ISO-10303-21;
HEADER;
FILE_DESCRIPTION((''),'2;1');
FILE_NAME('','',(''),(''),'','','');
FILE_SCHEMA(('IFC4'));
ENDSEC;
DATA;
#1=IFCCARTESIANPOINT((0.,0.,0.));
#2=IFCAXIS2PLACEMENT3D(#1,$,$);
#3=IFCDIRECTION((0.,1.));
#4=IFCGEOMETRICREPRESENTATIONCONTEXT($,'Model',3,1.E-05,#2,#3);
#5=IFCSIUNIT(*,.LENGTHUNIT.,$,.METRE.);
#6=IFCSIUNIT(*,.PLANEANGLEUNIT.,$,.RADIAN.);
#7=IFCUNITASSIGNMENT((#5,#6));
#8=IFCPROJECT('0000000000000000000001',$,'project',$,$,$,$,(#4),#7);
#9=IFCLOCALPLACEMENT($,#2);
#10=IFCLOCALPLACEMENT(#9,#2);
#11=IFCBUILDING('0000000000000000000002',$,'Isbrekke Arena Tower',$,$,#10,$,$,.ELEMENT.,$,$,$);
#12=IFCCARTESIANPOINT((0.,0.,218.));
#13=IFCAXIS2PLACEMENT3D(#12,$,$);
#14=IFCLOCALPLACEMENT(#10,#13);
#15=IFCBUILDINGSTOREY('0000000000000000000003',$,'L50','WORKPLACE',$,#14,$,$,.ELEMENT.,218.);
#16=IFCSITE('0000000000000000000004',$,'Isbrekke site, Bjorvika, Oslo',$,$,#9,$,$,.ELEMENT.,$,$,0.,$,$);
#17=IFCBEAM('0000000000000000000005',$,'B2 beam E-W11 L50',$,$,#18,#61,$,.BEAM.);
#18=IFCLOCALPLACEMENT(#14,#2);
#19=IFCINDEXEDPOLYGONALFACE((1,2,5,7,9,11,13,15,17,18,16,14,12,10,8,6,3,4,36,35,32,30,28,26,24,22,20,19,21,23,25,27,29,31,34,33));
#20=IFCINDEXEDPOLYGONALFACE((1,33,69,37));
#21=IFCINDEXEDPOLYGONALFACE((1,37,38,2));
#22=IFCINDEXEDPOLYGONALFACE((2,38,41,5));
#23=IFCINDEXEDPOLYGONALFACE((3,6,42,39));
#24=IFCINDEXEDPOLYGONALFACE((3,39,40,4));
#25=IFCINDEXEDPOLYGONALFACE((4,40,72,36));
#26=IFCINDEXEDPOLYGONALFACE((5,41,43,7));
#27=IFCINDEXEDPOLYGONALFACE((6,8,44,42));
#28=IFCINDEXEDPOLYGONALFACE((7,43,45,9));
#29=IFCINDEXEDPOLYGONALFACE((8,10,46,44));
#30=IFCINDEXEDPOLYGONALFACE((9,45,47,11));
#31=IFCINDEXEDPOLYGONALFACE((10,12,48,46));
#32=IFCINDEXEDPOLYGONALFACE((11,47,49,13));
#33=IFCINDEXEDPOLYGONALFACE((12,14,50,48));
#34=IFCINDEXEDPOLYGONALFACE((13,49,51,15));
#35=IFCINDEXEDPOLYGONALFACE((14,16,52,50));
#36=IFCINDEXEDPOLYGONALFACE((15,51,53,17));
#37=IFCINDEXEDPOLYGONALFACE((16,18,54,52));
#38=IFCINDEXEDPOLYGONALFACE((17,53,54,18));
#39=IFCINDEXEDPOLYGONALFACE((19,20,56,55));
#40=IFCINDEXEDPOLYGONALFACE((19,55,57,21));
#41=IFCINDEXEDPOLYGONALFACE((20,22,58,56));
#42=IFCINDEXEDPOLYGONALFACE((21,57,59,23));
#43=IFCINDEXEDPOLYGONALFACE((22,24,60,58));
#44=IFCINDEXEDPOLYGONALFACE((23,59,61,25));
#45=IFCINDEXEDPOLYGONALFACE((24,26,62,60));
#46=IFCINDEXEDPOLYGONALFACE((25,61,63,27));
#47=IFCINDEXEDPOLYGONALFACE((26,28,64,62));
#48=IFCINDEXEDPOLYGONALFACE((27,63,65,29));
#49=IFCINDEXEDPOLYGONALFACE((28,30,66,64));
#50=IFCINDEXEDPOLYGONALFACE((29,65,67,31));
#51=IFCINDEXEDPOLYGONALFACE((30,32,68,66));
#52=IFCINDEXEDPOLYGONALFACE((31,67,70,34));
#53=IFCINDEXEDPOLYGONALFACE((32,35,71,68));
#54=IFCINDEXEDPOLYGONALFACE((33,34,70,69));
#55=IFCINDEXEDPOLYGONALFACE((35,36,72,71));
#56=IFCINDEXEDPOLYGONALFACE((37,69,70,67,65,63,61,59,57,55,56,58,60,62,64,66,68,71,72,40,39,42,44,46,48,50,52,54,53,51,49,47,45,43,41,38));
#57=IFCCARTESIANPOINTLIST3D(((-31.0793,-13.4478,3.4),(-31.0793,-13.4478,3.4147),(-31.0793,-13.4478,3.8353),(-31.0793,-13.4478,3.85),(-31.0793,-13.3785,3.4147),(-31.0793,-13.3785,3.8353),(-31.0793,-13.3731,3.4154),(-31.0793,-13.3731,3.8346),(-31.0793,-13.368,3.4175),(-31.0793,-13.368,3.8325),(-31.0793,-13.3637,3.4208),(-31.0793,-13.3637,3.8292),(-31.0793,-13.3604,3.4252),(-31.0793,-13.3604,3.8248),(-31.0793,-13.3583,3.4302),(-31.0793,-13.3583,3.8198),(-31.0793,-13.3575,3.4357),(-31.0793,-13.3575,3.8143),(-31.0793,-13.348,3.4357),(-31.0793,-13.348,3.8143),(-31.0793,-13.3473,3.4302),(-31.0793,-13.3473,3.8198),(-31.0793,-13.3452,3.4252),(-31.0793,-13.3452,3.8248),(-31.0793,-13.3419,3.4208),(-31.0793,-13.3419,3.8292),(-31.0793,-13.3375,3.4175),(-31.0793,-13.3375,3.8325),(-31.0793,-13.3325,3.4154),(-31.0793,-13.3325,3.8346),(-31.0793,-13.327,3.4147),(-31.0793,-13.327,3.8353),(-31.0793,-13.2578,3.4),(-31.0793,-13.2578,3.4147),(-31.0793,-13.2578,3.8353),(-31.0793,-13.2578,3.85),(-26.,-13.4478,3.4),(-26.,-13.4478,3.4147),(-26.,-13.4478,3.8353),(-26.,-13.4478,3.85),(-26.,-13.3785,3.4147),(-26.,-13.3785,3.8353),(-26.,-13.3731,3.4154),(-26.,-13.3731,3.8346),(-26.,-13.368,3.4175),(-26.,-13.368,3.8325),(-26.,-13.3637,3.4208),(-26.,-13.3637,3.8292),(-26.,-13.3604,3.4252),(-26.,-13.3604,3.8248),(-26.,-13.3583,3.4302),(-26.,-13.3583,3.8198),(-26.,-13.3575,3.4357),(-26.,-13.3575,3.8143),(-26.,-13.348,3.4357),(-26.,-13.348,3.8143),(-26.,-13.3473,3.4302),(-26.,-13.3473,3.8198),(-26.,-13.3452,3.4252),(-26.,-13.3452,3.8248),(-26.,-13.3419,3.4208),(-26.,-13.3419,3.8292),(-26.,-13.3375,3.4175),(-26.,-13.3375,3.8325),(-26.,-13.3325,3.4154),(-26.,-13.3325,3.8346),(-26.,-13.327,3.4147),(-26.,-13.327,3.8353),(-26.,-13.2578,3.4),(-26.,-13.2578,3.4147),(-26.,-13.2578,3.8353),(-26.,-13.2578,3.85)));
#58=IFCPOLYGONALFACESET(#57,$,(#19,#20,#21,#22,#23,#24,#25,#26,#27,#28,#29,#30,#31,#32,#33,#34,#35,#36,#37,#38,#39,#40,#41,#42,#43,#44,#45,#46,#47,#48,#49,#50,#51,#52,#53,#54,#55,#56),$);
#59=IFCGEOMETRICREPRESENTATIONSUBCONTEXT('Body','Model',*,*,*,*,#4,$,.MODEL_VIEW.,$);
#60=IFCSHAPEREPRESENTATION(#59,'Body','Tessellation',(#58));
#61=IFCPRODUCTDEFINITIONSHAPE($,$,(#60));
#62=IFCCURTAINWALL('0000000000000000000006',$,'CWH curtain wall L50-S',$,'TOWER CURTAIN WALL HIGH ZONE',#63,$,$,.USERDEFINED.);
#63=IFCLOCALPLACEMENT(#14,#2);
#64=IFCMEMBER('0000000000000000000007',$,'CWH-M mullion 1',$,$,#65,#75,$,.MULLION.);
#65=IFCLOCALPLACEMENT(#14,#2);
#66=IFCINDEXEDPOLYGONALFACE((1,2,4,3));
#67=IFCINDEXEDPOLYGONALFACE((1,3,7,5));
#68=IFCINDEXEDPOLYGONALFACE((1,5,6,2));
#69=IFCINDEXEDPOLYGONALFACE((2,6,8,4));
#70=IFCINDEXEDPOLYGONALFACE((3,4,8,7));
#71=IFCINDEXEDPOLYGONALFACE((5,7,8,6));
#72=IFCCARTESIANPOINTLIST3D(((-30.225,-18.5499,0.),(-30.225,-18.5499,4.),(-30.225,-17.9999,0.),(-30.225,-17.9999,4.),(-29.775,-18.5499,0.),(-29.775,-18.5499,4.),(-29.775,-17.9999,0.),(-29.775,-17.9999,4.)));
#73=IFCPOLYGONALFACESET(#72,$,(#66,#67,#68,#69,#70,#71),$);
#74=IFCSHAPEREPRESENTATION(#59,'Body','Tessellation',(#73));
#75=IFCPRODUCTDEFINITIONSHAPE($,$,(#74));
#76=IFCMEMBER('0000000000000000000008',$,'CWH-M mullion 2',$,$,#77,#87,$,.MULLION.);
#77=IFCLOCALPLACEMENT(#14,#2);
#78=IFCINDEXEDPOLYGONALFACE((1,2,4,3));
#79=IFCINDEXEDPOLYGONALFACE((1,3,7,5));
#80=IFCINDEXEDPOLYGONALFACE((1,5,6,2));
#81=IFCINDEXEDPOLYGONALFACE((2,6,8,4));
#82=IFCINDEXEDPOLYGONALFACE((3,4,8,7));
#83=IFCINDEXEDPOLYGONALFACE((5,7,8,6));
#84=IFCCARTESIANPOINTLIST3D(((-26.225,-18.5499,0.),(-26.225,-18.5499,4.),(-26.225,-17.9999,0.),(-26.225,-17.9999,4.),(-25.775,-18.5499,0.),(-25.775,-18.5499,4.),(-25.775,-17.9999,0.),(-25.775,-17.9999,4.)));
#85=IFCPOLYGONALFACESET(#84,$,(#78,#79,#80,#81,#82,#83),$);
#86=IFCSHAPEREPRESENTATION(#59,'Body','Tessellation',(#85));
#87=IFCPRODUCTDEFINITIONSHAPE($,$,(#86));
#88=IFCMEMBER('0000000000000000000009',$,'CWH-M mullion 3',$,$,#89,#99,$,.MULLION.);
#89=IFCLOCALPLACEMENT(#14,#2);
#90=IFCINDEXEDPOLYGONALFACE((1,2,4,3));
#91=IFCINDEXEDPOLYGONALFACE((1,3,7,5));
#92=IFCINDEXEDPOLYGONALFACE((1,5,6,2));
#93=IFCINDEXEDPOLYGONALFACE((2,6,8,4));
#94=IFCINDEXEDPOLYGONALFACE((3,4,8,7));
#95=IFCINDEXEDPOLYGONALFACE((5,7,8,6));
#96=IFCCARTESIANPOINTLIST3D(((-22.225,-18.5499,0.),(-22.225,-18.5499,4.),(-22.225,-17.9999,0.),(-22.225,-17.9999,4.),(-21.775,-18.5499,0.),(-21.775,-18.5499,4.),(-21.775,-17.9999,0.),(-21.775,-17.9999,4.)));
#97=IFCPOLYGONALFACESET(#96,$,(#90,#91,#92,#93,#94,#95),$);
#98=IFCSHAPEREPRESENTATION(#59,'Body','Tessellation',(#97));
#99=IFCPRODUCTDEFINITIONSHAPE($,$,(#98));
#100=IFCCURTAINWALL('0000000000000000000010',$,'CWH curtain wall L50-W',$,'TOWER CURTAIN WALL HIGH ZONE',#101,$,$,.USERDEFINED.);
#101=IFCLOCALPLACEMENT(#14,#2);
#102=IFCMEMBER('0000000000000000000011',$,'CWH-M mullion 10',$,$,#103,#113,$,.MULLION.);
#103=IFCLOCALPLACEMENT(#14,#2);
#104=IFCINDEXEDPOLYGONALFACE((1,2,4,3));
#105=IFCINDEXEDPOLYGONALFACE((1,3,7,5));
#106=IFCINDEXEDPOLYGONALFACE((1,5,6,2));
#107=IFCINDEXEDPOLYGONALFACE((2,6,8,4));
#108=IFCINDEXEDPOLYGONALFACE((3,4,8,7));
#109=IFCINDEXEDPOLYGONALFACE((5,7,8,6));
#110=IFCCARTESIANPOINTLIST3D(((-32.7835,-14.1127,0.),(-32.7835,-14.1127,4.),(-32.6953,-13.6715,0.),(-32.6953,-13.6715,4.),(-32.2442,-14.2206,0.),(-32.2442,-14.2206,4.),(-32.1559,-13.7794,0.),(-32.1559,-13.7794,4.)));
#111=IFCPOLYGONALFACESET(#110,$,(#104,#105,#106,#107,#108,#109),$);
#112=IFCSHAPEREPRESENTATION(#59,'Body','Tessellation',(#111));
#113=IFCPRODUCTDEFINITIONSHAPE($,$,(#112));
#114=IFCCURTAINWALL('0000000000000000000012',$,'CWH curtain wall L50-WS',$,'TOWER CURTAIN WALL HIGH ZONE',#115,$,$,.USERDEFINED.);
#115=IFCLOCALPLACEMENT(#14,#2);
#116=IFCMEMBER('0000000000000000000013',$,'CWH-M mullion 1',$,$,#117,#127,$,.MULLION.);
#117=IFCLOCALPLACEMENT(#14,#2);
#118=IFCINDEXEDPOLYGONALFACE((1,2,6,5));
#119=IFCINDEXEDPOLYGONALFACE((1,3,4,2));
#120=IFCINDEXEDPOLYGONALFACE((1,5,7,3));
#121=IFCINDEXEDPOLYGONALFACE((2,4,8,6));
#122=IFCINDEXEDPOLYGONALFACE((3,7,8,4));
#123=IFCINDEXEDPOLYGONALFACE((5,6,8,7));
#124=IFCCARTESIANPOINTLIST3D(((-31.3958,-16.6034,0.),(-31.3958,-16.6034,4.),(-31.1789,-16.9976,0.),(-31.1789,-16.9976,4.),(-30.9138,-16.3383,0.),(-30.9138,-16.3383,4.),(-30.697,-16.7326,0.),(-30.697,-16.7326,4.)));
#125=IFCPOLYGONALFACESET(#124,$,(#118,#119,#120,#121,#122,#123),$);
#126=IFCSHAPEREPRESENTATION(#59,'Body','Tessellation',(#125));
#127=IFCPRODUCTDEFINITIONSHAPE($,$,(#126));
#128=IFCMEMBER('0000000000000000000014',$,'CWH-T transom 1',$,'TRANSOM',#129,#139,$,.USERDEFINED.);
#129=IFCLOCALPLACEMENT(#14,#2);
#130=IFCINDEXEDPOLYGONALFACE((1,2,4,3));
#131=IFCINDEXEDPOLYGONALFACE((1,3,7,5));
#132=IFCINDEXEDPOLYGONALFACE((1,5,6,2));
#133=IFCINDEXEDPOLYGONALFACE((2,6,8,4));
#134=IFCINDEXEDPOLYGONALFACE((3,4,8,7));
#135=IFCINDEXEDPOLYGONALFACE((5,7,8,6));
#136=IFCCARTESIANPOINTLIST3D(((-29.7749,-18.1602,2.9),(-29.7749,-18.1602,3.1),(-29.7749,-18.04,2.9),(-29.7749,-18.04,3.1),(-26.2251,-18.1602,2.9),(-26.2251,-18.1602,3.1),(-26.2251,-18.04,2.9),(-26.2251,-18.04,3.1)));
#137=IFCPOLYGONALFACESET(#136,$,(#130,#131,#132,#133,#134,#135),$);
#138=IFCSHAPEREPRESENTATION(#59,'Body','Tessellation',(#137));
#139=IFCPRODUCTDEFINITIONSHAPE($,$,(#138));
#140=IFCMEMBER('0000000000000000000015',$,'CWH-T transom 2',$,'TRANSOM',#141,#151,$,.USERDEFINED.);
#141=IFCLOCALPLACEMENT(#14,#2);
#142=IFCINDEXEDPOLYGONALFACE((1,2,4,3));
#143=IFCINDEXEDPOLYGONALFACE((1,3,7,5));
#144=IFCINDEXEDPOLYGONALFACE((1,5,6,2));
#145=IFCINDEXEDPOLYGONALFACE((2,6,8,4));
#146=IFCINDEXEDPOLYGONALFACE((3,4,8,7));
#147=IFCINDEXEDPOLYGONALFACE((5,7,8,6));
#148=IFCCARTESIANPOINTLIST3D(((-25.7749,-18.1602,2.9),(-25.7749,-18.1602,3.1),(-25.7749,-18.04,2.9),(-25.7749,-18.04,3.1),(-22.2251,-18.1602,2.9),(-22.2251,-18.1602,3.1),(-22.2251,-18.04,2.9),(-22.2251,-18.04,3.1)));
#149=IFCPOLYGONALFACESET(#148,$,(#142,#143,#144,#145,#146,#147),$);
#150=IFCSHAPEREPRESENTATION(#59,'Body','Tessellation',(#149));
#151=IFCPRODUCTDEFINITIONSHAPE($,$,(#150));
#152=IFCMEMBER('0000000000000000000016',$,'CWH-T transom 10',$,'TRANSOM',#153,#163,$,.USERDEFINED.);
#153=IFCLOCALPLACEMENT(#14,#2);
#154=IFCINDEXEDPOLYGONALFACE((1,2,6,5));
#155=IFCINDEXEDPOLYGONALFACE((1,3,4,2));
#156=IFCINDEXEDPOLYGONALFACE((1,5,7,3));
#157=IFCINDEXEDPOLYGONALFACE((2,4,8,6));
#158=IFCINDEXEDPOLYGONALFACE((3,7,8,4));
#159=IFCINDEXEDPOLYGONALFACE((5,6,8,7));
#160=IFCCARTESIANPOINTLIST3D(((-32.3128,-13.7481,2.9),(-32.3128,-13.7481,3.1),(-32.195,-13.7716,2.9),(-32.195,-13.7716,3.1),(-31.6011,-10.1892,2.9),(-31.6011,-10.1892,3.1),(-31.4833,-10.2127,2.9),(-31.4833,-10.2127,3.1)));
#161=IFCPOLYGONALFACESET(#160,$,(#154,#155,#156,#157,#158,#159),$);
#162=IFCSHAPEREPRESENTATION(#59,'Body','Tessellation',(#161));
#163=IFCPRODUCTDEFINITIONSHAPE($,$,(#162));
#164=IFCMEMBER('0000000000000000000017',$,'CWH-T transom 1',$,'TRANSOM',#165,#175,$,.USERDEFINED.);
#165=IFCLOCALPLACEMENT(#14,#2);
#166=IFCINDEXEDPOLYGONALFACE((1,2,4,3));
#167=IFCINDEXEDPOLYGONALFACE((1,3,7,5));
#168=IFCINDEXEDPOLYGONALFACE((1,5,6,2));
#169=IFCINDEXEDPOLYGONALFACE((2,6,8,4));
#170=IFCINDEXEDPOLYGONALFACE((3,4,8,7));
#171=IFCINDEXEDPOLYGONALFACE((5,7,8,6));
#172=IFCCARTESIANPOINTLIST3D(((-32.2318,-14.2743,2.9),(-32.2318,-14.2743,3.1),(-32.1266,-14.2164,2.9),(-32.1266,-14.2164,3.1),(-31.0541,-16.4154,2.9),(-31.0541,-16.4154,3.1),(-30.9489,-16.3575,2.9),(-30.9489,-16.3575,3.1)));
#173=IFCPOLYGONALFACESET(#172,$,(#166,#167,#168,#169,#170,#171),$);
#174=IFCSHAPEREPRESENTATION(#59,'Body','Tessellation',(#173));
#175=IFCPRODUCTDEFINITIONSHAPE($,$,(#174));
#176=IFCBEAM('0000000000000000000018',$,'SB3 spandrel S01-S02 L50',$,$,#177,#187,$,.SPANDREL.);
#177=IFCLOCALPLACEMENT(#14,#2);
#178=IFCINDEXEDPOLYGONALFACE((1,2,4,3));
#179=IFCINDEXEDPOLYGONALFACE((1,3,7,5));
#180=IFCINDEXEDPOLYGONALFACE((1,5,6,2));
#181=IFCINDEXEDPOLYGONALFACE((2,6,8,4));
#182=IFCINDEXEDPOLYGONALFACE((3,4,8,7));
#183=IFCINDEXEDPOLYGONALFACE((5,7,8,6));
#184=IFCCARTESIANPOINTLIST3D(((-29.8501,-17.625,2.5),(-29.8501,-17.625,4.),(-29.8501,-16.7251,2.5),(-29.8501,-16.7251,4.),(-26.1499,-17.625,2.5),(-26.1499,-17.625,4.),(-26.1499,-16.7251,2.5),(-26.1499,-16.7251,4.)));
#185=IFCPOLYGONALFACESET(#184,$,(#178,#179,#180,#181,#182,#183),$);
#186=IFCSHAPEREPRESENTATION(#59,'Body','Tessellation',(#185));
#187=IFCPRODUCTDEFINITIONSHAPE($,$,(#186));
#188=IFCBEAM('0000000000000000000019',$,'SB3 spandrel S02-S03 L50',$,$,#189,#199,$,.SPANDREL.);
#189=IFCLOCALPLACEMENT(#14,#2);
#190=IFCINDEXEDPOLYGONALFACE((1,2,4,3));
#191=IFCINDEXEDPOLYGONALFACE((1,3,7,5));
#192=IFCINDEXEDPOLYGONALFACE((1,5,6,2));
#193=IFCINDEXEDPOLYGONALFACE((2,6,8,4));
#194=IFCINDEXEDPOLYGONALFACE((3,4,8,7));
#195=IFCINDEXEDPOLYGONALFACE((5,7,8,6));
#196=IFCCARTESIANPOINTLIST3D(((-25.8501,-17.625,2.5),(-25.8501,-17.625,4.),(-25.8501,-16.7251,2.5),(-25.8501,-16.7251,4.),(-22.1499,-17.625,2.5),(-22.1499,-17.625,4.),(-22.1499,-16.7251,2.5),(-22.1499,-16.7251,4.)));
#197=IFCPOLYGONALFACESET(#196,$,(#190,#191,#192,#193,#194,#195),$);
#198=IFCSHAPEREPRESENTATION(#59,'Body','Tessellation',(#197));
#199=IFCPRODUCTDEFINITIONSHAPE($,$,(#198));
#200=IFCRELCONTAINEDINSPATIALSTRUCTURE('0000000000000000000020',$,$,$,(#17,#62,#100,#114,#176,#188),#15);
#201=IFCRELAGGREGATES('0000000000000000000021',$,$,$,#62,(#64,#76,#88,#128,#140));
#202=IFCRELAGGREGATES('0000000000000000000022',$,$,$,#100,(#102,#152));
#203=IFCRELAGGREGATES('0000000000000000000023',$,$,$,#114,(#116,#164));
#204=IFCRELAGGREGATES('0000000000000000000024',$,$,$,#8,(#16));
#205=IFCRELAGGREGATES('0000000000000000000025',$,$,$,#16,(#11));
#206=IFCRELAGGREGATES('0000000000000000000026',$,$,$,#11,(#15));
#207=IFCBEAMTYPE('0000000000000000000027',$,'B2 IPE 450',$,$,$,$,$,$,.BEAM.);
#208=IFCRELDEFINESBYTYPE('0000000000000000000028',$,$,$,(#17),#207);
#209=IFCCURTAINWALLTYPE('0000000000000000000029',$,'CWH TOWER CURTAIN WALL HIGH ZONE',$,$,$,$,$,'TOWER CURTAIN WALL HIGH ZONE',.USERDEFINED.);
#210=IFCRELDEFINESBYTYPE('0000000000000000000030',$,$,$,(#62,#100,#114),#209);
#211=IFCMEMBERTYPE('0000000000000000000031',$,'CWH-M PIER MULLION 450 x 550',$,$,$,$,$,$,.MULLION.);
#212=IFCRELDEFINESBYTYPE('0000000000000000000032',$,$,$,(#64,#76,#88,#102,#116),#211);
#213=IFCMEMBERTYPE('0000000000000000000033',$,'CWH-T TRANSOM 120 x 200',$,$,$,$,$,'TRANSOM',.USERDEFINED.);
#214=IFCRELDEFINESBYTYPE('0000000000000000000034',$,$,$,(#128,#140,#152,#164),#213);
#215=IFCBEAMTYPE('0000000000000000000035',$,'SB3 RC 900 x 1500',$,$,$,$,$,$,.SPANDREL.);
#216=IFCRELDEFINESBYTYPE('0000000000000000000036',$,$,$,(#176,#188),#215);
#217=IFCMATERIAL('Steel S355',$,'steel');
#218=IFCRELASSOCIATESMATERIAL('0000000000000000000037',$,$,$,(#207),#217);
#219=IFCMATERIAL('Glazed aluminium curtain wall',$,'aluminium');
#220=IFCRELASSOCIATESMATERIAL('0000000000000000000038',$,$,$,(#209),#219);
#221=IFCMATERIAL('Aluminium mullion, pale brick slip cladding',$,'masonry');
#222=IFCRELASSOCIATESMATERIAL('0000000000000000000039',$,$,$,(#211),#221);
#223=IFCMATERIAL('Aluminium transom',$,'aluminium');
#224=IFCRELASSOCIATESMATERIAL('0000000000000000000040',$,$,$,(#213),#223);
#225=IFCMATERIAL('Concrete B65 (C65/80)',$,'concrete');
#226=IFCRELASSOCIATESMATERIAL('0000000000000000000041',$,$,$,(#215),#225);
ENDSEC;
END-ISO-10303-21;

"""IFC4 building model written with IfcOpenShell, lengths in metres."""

from ifc_helpers import new_model, si_unit, direction, frame, origin, origin_2d, place, context, subcontext, project, spatial, rectangle, i_section, extrude, material, material_profile, profile_set, type_object, element, aggregate, save


model = new_model("IFC4")

# Units and contexts
model_context = context("Model", 3, precision=1e-05, world=origin(), true_north=direction((0.0, 1.0)))
body_context = subcontext(model_context, "Body", "Model", "MODEL_VIEW")
ifc_project = project(units=[si_unit("LENGTHUNIT", "METRE"), si_unit("PLANEANGLEUNIT", "RADIAN")], contexts=[model_context])

# Site, building, storey
site_placement = place(None, origin())
site = spatial("IfcSite", under=ifc_project, at=site_placement, Name="Isbrekke site, Bjorvika, Oslo", CompositionType="ELEMENT", RefElevation=0.0)
building_placement = place(site_placement, origin())
building = spatial("IfcBuilding", under=site, at=building_placement, Name="Isbrekke Arena Tower", CompositionType="ELEMENT")
storey_placement = place(building_placement, frame((0.0, 0.0, 218.0)))
storey = spatial("IfcBuildingStorey", under=building, at=storey_placement, Name="L50", Description="WORKPLACE", CompositionType="ELEMENT", Elevation=218.0)

# Beam
ifc_material_1 = material(Name="Steel S355", Category="steel")
ifc_material_profile_1 = material_profile(ifc_material_1, i_section(OverallWidth=0.1899, OverallDepth=0.45, WebThickness=0.0095, FlangeThickness=0.0146, FilletRadius=0.021, at=origin_2d()), Name="IPE 450")
ifc_profile_set_1 = profile_set([ifc_material_profile_1], Name="Steel S355")
beam_type_1 = type_object("IfcBeamType", Name="B2 IPE 450", PredefinedType="BEAM", material=ifc_profile_set_1)
beam_1_placement = place(storey_placement, frame((-31.0793, -13.3528, 3.625), z_axis=(1.0, 0.0, 0.0), x_axis=(0.0, 1.0, 0.0)))
element("IfcBeam", 1, at=beam_1_placement, inside=storey, type_object=beam_type_1, Name="B2 beam E-W11 L50", PredefinedType="BEAM", context=body_context, shape_type="SweptSolid", body=[
    extrude(i_section(OverallWidth=0.1899, OverallDepth=0.45, WebThickness=0.0095, FlangeThickness=0.0146, FilletRadius=0.021, at=origin_2d()), origin(), (0.0, 0.0, 1.0), 5.0793),
])

# Curtain wall, members
ifc_material_2 = material(Name="Glazed aluminium curtain wall", Category="aluminium")
curtain_wall_type = type_object("IfcCurtainWallType", Name="CWH TOWER CURTAIN WALL HIGH ZONE", ElementType="TOWER CURTAIN WALL HIGH ZONE", PredefinedType="USERDEFINED", material=ifc_material_2)
curtain_wall_1_placement = place(storey_placement, origin())
curtain_wall_1 = element("IfcCurtainWall", 2, at=curtain_wall_1_placement, inside=storey, type_object=curtain_wall_type, Name="CWH curtain wall L50-S", ObjectType="TOWER CURTAIN WALL HIGH ZONE", PredefinedType="USERDEFINED")
ifc_material_3 = material(Name="Aluminium mullion, pale brick slip cladding", Category="masonry")
ifc_material_profile_2 = material_profile(ifc_material_3, rectangle(XDim=0.45, YDim=0.55, at=origin_2d()), Name="PIER 450X550")
ifc_profile_set_2 = profile_set([ifc_material_profile_2], Name="Aluminium mullion, pale brick slip cladding")
member_type_1 = type_object("IfcMemberType", Name="CWH-M PIER MULLION 450 x 550", PredefinedType="MULLION", material=ifc_profile_set_2)
member_1_placement = place(storey_placement, frame((-30.0, -18.2749, 0.0), z_axis=(0.0, 0.0, 1.0), x_axis=(1.0, 0.0, 0.0)))
member_1 = element("IfcMember", 3, at=member_1_placement, type_object=member_type_1, Name="CWH-M mullion 1", PredefinedType="MULLION", context=body_context, shape_type="SweptSolid", body=[
    extrude(rectangle(XDim=0.45, YDim=0.55, at=origin_2d()), origin(), (0.0, 0.0, 1.0), 4.0),
])
member_2_placement = place(storey_placement, frame((-26.0, -18.2749, 0.0), z_axis=(0.0, 0.0, 1.0), x_axis=(1.0, 0.0, 0.0)))
member_2 = element("IfcMember", 4, at=member_2_placement, type_object=member_type_1, Name="CWH-M mullion 2", PredefinedType="MULLION", context=body_context, shape_type="SweptSolid", body=[
    extrude(rectangle(XDim=0.45, YDim=0.55, at=origin_2d()), origin(), (0.0, 0.0, 1.0), 4.0),
])
member_3_placement = place(storey_placement, frame((-22.0, -18.2749, 0.0), z_axis=(0.0, 0.0, 1.0), x_axis=(1.0, 0.0, 0.0)))
member_3 = element("IfcMember", 5, at=member_3_placement, type_object=member_type_1, Name="CWH-M mullion 3", PredefinedType="MULLION", context=body_context, shape_type="SweptSolid", body=[
    extrude(rectangle(XDim=0.45, YDim=0.55, at=origin_2d()), origin(), (0.0, 0.0, 1.0), 4.0),
])

# Curtain walls, members
curtain_wall_2_placement = place(storey_placement, origin())
curtain_wall_2 = element("IfcCurtainWall", 6, at=curtain_wall_2_placement, inside=storey, type_object=curtain_wall_type, Name="CWH curtain wall L50-W", ObjectType="TOWER CURTAIN WALL HIGH ZONE", PredefinedType="USERDEFINED")
member_4_placement = place(storey_placement, frame((-32.4697, -13.946, 0.0), z_axis=(0.0, 0.0, 1.0), x_axis=(-0.196116, -0.980581, 0.0)))
member_4 = element("IfcMember", 7, at=member_4_placement, type_object=member_type_1, Name="CWH-M mullion 10", PredefinedType="MULLION", context=body_context, shape_type="SweptSolid", body=[
    extrude(rectangle(XDim=0.45, YDim=0.55, at=origin_2d()), origin(), (0.0, 0.0, 1.0), 4.0),
])
curtain_wall_3_placement = place(storey_placement, origin())
curtain_wall_3 = element("IfcCurtainWall", 8, at=curtain_wall_3_placement, inside=storey, type_object=curtain_wall_type, Name="CWH curtain wall L50-WS", ObjectType="TOWER CURTAIN WALL HIGH ZONE", PredefinedType="USERDEFINED")
member_5_placement = place(storey_placement, frame((-31.0464, -16.668, 0.0), z_axis=(0.0, 0.0, 1.0), x_axis=(0.481919, -0.876216, 0.0)))
member_5 = element("IfcMember", 9, at=member_5_placement, type_object=member_type_1, Name="CWH-M mullion 1", PredefinedType="MULLION", context=body_context, shape_type="SweptSolid", body=[
    extrude(rectangle(XDim=0.45, YDim=0.55, at=origin_2d()), origin(), (0.0, 0.0, 1.0), 4.0),
])

# Members
ifc_material_4 = material(Name="Aluminium transom", Category="aluminium")
ifc_material_profile_3 = material_profile(ifc_material_4, rectangle(XDim=0.1201, YDim=0.2, at=origin_2d()), Name="TRANSOM 120X200")
ifc_profile_set_3 = profile_set([ifc_material_profile_3], Name="Aluminium transom")
member_type_2 = type_object("IfcMemberType", Name="CWH-T TRANSOM 120 x 200", ElementType="TRANSOM", PredefinedType="USERDEFINED", material=ifc_profile_set_3)
member_6_placement = place(storey_placement, frame((-29.7749, -18.1001, 3.0), z_axis=(1.0, 0.0, 0.0), x_axis=(0.0, 1.0, 0.0)))
member_6 = element("IfcMember", 10, at=member_6_placement, type_object=member_type_2, Name="CWH-T transom 1", ObjectType="TRANSOM", PredefinedType="USERDEFINED", context=body_context, shape_type="SweptSolid", body=[
    extrude(rectangle(XDim=0.1201, YDim=0.2, at=origin_2d()), origin(), (0.0, 0.0, 1.0), 3.5498),
])
member_7_placement = place(storey_placement, frame((-25.7749, -18.1001, 3.0), z_axis=(1.0, 0.0, 0.0), x_axis=(0.0, 1.0, 0.0)))
member_7 = element("IfcMember", 11, at=member_7_placement, type_object=member_type_2, Name="CWH-T transom 2", ObjectType="TRANSOM", PredefinedType="USERDEFINED", context=body_context, shape_type="SweptSolid", body=[
    extrude(rectangle(XDim=0.1201, YDim=0.2, at=origin_2d()), origin(), (0.0, 0.0, 1.0), 3.5498),
])
member_8_placement = place(storey_placement, frame((-31.5422, -10.2009, 3.0), z_axis=(-0.19609, -0.980586, 0.0), x_axis=(0.980586, -0.19609, 0.0)))
member_8 = element("IfcMember", 12, at=member_8_placement, type_object=member_type_2, Name="CWH-T transom 10", ObjectType="TRANSOM", PredefinedType="USERDEFINED", context=body_context, shape_type="SweptSolid", body=[
    extrude(rectangle(XDim=0.1201, YDim=0.2, at=origin_2d()), origin(), (0.0, 0.0, 1.0), 3.6294),
])
member_9_placement = place(storey_placement, frame((-32.1792, -14.2454, 3.0), z_axis=(0.481957, -0.876195, 0.0), x_axis=(0.876195, 0.481957, 0.0)))
member_9 = element("IfcMember", 13, at=member_9_placement, type_object=member_type_2, Name="CWH-T transom 1", ObjectType="TRANSOM", PredefinedType="USERDEFINED", context=body_context, shape_type="SweptSolid", body=[
    extrude(rectangle(XDim=0.1201, YDim=0.2, at=origin_2d()), origin(), (0.0, 0.0, 1.0), 2.4436),
])

# Beams
ifc_material_5 = material(Name="Concrete B65 (C65/80)", Category="concrete")
ifc_material_profile_4 = material_profile(ifc_material_5, rectangle(XDim=0.8999, YDim=1.5, at=origin_2d()), Name="RC 900x1500")
ifc_profile_set_4 = profile_set([ifc_material_profile_4], Name="Concrete B65 (C65/80)")
beam_type_2 = type_object("IfcBeamType", Name="SB3 RC 900 x 1500", PredefinedType="SPANDREL", material=ifc_profile_set_4)
for number, where, z_axis, x_axis, name in (
    (14, (-29.8501, -17.175, 3.25), (1.0, 0.0, 0.0), (0.0, 1.0, 0.0), "SB3 spandrel S01-S02 L50"),
    (15, (-25.8501, -17.175, 3.25), (1.0, 0.0, 0.0), (0.0, 1.0, 0.0), "SB3 spandrel S02-S03 L50"),
):
    element("IfcBeam", number, at=place(storey_placement, frame(where, z_axis=z_axis, x_axis=x_axis)), inside=storey, type_object=beam_type_2, Name=name, PredefinedType="SPANDREL", context=body_context, shape_type="SweptSolid", body=[
        extrude(rectangle(XDim=0.8999, YDim=1.5, at=origin_2d()), origin(), (0.0, 0.0, 1.0), 3.7002),
    ])

aggregate(curtain_wall_1, [member_1, member_2, member_3, member_6, member_7])
aggregate(curtain_wall_2, [member_4, member_8])
aggregate(curtain_wall_3, [member_5, member_9])

save(model, "model.ifc")
